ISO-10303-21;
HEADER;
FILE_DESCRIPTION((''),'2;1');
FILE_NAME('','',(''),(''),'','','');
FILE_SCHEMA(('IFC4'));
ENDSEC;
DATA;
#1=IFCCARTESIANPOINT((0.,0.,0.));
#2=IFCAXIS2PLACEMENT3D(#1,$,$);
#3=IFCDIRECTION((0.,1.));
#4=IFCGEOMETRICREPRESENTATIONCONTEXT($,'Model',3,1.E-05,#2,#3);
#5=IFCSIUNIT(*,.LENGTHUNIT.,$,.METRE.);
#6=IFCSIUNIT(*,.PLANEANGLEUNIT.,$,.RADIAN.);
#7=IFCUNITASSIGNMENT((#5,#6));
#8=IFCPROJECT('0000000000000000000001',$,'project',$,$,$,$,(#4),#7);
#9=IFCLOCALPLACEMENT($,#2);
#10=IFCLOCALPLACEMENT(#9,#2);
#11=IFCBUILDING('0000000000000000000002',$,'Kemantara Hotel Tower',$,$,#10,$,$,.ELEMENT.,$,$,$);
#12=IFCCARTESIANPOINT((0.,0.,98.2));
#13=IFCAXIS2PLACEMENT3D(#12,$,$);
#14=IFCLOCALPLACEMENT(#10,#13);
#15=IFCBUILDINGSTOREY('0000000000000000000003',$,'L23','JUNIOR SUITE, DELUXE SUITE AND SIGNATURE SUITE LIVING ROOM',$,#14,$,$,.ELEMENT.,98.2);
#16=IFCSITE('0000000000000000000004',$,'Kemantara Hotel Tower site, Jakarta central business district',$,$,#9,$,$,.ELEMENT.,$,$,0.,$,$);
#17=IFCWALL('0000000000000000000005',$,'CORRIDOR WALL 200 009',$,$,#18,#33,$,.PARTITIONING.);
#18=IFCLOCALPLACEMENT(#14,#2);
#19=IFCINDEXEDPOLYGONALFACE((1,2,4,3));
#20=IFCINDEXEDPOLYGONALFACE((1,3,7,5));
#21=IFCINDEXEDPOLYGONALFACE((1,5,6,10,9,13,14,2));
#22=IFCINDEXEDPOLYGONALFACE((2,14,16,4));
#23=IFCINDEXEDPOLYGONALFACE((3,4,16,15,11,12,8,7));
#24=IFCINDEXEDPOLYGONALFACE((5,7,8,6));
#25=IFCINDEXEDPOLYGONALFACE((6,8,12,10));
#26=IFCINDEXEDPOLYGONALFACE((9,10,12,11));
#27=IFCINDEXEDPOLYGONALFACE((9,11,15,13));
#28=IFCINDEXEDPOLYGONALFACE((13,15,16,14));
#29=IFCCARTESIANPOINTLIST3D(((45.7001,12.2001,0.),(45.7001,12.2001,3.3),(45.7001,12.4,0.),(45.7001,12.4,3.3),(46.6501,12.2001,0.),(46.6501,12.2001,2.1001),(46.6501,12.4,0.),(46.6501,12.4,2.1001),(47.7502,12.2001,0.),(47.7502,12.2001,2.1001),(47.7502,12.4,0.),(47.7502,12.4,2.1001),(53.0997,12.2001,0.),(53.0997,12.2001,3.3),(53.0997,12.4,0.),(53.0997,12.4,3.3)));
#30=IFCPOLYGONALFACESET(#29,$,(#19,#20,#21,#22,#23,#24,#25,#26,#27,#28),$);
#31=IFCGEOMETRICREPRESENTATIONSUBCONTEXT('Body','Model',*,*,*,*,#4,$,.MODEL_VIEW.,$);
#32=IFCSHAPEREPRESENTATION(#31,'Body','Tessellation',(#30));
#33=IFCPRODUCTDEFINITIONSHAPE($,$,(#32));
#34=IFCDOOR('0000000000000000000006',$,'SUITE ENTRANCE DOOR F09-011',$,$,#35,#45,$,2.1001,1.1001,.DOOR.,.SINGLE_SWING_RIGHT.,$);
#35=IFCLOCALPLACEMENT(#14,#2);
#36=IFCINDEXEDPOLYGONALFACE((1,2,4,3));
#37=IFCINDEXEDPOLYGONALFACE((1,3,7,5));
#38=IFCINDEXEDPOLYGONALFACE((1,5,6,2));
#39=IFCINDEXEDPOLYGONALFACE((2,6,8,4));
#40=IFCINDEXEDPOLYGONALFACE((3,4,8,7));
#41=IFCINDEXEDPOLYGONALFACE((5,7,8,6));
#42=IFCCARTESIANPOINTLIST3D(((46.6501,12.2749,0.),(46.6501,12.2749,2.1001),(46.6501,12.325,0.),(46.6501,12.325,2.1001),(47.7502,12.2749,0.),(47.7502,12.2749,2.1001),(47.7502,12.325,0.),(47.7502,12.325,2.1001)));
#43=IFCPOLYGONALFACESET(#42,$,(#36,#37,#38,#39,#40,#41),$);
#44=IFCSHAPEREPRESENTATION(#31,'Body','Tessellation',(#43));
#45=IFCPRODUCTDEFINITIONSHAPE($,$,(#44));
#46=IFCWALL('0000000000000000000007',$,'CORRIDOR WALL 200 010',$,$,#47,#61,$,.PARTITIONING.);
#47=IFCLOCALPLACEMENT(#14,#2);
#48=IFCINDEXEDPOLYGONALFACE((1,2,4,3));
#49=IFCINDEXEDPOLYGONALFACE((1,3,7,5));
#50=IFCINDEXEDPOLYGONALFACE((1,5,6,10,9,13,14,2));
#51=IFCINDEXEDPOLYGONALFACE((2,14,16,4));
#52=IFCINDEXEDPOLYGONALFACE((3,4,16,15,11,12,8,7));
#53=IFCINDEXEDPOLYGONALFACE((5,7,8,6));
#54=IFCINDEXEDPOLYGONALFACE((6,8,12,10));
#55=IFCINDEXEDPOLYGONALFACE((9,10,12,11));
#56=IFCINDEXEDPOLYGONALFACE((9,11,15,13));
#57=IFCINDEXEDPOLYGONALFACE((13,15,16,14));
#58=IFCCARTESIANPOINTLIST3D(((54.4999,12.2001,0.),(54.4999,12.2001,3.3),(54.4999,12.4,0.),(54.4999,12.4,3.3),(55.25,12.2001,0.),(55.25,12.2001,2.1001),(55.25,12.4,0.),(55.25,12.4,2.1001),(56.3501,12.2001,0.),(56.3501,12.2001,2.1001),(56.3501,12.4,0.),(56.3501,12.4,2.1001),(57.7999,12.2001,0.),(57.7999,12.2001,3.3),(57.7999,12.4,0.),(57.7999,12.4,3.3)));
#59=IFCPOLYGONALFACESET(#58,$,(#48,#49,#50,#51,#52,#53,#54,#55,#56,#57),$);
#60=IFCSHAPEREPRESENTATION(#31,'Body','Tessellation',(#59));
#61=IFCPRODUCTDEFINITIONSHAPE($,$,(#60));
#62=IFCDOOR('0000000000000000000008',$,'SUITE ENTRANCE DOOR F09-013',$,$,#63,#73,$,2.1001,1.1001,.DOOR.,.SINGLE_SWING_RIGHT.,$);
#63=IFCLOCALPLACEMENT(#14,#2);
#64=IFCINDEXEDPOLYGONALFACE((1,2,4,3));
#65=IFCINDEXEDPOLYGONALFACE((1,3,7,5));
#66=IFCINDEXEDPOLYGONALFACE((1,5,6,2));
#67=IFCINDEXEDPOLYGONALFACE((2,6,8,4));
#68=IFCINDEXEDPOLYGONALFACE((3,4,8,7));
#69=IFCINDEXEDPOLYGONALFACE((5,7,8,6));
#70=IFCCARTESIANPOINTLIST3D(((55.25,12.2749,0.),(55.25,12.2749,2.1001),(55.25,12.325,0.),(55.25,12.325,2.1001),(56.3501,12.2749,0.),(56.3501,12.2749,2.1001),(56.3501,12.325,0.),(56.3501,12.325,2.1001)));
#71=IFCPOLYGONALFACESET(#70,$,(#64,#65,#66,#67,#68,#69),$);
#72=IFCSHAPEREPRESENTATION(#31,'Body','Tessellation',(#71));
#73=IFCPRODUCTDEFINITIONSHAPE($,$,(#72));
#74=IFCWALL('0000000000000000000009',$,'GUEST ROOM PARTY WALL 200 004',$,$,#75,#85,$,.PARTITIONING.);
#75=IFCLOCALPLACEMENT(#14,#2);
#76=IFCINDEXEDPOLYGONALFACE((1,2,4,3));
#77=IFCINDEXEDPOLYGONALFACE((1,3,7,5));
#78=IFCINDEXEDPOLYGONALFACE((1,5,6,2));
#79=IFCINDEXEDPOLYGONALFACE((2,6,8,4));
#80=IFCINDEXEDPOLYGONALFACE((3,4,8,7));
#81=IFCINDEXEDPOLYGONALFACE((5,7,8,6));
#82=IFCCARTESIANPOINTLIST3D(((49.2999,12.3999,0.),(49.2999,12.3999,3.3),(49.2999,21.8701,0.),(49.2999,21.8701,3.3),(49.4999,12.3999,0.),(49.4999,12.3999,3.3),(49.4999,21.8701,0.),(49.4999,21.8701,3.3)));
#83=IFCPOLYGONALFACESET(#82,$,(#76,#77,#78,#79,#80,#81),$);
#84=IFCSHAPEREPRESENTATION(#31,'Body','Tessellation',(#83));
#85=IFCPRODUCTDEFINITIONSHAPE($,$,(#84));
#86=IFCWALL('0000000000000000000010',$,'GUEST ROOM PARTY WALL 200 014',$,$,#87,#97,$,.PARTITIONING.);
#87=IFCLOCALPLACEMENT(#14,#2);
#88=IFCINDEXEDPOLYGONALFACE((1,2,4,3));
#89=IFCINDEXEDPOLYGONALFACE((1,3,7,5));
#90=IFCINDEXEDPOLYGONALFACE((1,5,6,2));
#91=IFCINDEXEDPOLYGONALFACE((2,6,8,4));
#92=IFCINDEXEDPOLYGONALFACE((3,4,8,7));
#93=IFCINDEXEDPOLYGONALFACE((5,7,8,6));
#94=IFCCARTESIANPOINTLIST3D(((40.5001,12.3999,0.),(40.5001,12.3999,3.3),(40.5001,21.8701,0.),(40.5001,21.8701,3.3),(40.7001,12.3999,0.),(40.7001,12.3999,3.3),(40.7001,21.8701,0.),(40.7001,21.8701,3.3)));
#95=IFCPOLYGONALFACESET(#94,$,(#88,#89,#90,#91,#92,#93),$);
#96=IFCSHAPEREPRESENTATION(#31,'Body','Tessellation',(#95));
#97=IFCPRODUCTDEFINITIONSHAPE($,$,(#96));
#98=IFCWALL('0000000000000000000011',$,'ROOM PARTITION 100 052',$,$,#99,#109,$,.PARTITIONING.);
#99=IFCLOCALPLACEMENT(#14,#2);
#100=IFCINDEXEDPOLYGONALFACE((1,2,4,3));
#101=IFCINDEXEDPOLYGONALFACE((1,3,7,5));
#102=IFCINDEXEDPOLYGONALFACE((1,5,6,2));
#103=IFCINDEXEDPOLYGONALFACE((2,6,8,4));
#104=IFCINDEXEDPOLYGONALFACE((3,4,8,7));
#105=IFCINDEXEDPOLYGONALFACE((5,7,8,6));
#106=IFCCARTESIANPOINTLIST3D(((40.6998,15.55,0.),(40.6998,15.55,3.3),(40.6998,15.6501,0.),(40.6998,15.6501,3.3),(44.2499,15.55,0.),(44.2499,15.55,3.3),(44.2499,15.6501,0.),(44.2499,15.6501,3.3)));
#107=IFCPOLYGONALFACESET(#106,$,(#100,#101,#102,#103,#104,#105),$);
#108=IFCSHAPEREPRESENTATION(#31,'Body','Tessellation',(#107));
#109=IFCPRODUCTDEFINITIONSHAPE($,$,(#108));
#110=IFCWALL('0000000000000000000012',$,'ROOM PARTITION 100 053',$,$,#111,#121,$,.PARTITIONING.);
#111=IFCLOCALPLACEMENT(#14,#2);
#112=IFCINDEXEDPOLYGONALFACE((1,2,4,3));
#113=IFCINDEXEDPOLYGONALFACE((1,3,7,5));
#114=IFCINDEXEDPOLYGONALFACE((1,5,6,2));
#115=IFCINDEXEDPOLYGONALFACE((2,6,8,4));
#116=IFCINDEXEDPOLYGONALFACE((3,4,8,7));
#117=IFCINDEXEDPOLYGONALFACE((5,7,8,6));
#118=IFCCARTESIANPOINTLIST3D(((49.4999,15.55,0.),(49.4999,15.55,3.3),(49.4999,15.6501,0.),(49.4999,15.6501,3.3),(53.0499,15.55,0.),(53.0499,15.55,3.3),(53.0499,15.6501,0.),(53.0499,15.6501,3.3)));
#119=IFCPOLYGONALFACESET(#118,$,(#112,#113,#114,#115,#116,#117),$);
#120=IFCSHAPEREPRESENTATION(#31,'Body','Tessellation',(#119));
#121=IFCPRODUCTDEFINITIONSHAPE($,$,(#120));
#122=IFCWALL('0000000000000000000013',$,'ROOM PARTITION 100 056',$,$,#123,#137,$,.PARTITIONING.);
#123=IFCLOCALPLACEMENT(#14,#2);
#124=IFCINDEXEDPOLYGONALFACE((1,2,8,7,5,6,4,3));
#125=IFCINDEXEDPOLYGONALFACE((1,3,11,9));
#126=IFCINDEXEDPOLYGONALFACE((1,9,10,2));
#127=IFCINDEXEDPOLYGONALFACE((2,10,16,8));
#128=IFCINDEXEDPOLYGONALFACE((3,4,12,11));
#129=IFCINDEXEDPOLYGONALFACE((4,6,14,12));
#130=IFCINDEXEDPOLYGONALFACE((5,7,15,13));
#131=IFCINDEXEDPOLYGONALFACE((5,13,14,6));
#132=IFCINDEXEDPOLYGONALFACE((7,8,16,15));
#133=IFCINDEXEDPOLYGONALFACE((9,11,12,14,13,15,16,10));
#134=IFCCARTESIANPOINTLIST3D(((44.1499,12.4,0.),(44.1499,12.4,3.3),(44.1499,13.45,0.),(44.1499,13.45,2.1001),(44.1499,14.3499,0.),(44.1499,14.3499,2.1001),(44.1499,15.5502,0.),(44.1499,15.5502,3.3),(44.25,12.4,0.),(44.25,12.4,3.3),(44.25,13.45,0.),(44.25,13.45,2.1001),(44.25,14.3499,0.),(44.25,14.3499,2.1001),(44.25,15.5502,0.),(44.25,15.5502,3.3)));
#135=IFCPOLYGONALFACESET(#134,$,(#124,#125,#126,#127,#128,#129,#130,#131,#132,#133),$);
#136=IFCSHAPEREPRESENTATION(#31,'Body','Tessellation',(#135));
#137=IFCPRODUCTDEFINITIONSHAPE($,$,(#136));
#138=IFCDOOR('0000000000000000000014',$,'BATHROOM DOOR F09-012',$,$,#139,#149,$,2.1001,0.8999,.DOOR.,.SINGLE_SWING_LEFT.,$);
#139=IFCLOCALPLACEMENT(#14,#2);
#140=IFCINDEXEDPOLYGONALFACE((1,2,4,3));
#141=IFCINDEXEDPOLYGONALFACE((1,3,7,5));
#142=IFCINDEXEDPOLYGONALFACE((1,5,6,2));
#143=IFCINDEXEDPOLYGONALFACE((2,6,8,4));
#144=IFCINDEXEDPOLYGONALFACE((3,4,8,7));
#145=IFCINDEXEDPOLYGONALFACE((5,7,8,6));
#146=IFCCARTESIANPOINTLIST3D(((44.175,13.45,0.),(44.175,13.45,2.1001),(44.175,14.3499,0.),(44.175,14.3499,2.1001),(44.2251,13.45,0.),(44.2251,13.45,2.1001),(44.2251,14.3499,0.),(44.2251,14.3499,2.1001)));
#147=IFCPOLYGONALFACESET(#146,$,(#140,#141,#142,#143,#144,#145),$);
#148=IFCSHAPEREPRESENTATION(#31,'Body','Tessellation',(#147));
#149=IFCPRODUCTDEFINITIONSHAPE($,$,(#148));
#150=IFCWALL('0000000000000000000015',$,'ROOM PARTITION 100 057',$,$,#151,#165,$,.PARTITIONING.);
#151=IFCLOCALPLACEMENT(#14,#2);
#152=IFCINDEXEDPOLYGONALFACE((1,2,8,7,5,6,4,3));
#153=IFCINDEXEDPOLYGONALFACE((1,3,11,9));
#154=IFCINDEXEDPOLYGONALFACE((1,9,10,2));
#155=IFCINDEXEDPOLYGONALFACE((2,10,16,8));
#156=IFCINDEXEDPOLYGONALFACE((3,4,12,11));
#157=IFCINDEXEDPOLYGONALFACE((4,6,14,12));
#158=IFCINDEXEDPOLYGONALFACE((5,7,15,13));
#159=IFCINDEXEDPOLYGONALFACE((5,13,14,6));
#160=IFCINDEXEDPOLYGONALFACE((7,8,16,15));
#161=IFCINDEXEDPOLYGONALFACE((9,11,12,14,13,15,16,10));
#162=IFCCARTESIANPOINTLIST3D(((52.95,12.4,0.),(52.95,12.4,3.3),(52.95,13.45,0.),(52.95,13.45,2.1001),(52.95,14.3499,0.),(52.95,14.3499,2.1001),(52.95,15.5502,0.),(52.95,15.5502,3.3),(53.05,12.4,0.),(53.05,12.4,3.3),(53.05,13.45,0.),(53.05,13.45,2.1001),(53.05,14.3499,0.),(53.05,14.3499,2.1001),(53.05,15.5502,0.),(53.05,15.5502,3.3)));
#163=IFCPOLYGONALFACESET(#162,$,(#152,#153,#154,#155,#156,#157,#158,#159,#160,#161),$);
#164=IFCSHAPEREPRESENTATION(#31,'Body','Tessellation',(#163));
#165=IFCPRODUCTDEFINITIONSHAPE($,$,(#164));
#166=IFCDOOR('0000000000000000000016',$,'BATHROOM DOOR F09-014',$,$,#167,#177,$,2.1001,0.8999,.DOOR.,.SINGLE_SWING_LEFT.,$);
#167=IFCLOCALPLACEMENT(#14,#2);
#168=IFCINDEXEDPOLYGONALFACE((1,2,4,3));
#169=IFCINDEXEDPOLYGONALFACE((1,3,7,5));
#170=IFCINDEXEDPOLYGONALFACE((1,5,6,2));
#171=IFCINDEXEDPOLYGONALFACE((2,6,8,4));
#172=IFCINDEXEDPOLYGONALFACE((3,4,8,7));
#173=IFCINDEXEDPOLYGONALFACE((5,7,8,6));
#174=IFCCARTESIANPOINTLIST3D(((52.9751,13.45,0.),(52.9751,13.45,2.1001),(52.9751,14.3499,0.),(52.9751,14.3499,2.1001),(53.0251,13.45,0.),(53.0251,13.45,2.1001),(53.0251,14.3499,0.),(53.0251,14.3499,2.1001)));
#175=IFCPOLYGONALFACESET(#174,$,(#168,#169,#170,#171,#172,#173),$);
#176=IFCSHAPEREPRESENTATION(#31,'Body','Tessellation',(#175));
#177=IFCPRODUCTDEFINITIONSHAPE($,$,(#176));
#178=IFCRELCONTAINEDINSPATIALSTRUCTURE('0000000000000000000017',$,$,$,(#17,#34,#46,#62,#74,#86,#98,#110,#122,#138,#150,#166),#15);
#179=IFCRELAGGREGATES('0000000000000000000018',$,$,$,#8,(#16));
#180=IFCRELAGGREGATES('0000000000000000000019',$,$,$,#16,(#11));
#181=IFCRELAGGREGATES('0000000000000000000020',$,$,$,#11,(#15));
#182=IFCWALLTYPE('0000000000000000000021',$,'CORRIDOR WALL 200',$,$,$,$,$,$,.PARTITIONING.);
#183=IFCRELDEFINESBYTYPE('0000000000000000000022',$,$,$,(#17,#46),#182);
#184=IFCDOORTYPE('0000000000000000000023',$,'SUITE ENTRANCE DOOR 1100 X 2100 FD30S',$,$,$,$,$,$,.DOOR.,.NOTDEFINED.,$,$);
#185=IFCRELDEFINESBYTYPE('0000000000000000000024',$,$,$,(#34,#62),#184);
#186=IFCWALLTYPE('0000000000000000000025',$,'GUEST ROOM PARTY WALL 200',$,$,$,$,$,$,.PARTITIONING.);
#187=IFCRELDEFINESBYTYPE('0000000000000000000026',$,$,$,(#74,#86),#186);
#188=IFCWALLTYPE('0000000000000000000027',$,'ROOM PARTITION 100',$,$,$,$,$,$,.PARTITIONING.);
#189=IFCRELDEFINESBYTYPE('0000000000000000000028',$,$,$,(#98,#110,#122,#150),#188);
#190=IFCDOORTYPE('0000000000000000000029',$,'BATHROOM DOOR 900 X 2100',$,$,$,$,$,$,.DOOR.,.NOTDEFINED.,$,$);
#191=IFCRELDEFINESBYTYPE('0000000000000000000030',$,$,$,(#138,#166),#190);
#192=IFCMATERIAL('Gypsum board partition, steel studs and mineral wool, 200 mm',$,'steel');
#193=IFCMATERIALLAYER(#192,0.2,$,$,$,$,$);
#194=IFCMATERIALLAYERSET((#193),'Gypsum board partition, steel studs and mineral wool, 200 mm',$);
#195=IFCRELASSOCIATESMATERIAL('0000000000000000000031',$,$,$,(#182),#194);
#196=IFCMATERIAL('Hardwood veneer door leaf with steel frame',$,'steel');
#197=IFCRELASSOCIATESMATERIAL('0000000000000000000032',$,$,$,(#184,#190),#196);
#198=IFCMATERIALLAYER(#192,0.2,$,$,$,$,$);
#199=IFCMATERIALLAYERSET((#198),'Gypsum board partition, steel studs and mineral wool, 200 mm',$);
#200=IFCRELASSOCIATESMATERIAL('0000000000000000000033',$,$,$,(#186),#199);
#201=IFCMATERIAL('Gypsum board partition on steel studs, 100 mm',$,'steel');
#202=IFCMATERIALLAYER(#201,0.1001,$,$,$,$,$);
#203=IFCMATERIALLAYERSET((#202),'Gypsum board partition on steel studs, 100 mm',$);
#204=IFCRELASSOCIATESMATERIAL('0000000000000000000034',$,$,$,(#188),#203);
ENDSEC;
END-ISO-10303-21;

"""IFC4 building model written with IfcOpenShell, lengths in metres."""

from ifc_helpers import new_model, si_unit, direction, frame, frame_2d, origin, place, context, subcontext, project, spatial, rectangle, extrude, material, layer, layer_set, type_object, element, fill, save


model = new_model("IFC4")

# Units and contexts
model_context = context("Model", 3, precision=1e-05, world=origin(), true_north=direction((0.0, 1.0)))
body_context = subcontext(model_context, "Body", "Model", "MODEL_VIEW")
ifc_project = project(units=[si_unit("LENGTHUNIT", "METRE"), si_unit("PLANEANGLEUNIT", "RADIAN")], contexts=[model_context])

# Site, building, storey
site_placement = place(None, origin())
site = spatial("IfcSite", under=ifc_project, at=site_placement, Name="Kemantara Hotel Tower site, Jakarta central business district", CompositionType="ELEMENT", RefElevation=0.0)
building_placement = place(site_placement, origin())
building = spatial("IfcBuilding", under=site, at=building_placement, Name="Kemantara Hotel Tower", CompositionType="ELEMENT")
storey_placement = place(building_placement, frame((0.0, 0.0, 98.2)))
storey = spatial("IfcBuildingStorey", under=building, at=storey_placement, Name="L23", Description="JUNIOR SUITE, DELUXE SUITE AND SIGNATURE SUITE LIVING ROOM", CompositionType="ELEMENT", Elevation=98.2)

# Walls, openings, doors
ifc_material_1 = material(Name="Gypsum board partition, steel studs and mineral wool, 200 mm", Category="steel")
ifc_layer_1 = layer(ifc_material_1, 0.2)
ifc_layer_set_1 = layer_set([ifc_layer_1], Name="Gypsum board partition, steel studs and mineral wool, 200 mm")
wall_type_1 = type_object("IfcWallType", Name="CORRIDOR WALL 200", PredefinedType="PARTITIONING", material=ifc_layer_set_1)
wall_1_placement = place(storey_placement, frame((45.7002, 12.3, 0.0), z_axis=(0.0, 0.0, 1.0), x_axis=(1.0, 0.0, 0.0)))
wall_1 = element("IfcWall", 1, at=wall_1_placement, inside=storey, type_object=wall_type_1, Name="CORRIDOR WALL 200 009", PredefinedType="PARTITIONING", context=body_context, shape_type="SweptSolid", body=[
    extrude(rectangle(XDim=7.3997, YDim=0.2, at=frame_2d((3.6997, 0.0))), origin(), (0.0, 0.0, 1.0), 3.3),
])
opening_1_placement = place(wall_1_placement, frame((0.95, 0.0, 0.0)))
opening_1 = element("IfcOpeningElement", 2, at=opening_1_placement, cuts=wall_1, PredefinedType="OPENING", context=body_context, shape_type="SweptSolid", body=[
    extrude(rectangle(XDim=1.1001, YDim=2.1001, at=frame_2d((0.55, 1.05))), frame((0.0, 0.1099, 0.0), z_axis=(0.0, -1.0, 0.0), x_axis=(1.0, 0.0, 0.0)), (0.0, 0.0, 1.0), 0.22),
])
ifc_material_2 = material(Name="Hardwood veneer door leaf with steel frame", Category="steel")
door_type_1 = type_object("IfcDoorType", Name="SUITE ENTRANCE DOOR 1100 X 2100 FD30S", OperationType="NOTDEFINED", PredefinedType="DOOR", material=ifc_material_2)
door_1_placement = place(opening_1_placement, origin())
door_1 = element("IfcDoor", 3, at=door_1_placement, inside=storey, type_object=door_type_1, Name="SUITE ENTRANCE DOOR F09-011", OperationType="SINGLE_SWING_RIGHT", OverallHeight=2.1001, OverallWidth=1.1001, PredefinedType="DOOR", context=body_context, shape_type="SweptSolid", body=[
    extrude(rectangle(XDim=1.1001, YDim=2.1001, at=frame_2d((0.55, 1.05))), frame((0.0, 0.0249, 0.0), z_axis=(0.0, -1.0, 0.0), x_axis=(1.0, 0.0, 0.0)), (0.0, 0.0, 1.0), 0.05),
])
fill(opening_1, door_1)
wall_2_placement = place(storey_placement, frame((54.5, 12.3, 0.0), z_axis=(0.0, 0.0, 1.0), x_axis=(1.0, 0.0, 0.0)))
wall_2 = element("IfcWall", 4, at=wall_2_placement, inside=storey, type_object=wall_type_1, Name="CORRIDOR WALL 200 010", PredefinedType="PARTITIONING", context=body_context, shape_type="SweptSolid", body=[
    extrude(rectangle(XDim=3.3, YDim=0.2, at=frame_2d((1.6499, 0.0))), origin(), (0.0, 0.0, 1.0), 3.3),
])
opening_2_placement = place(wall_2_placement, frame((0.75, 0.0, 0.0)))
opening_2 = element("IfcOpeningElement", 5, at=opening_2_placement, cuts=wall_2, PredefinedType="OPENING", context=body_context, shape_type="SweptSolid", body=[
    extrude(rectangle(XDim=1.1001, YDim=2.1001, at=frame_2d((0.55, 1.05))), frame((0.0, 0.1099, 0.0), z_axis=(0.0, -1.0, 0.0), x_axis=(1.0, 0.0, 0.0)), (0.0, 0.0, 1.0), 0.22),
])
door_2_placement = place(opening_2_placement, origin())
door_2 = element("IfcDoor", 6, at=door_2_placement, inside=storey, type_object=door_type_1, Name="SUITE ENTRANCE DOOR F09-013", OperationType="SINGLE_SWING_RIGHT", OverallHeight=2.1001, OverallWidth=1.1001, PredefinedType="DOOR", context=body_context, shape_type="SweptSolid", body=[
    extrude(rectangle(XDim=1.1001, YDim=2.1001, at=frame_2d((0.55, 1.05))), frame((0.0, 0.0249, 0.0), z_axis=(0.0, -1.0, 0.0), x_axis=(1.0, 0.0, 0.0)), (0.0, 0.0, 1.0), 0.05),
])
fill(opening_2, door_2)

# Walls
ifc_layer_2 = layer(ifc_material_1, 0.2)
ifc_layer_set_2 = layer_set([ifc_layer_2], Name="Gypsum board partition, steel studs and mineral wool, 200 mm")
wall_type_2 = type_object("IfcWallType", Name="GUEST ROOM PARTY WALL 200", PredefinedType="PARTITIONING", material=ifc_layer_set_2)
for number, where, z_axis, x_axis, name in (
    (7, (49.3999, 12.3999, 0.0), (0.0, 0.0, 1.0), (0.0, 1.0, 0.0), "GUEST ROOM PARTY WALL 200 004"),
    (8, (40.6001, 12.3999, 0.0), (0.0, 0.0, 1.0), (0.0, 1.0, 0.0), "GUEST ROOM PARTY WALL 200 014"),
):
    element("IfcWall", number, at=place(storey_placement, frame(where, z_axis=z_axis, x_axis=x_axis)), inside=storey, type_object=wall_type_2, Name=name, PredefinedType="PARTITIONING", context=body_context, shape_type="SweptSolid", body=[
        extrude(rectangle(XDim=9.4702, YDim=0.2, at=frame_2d((4.7351, 0.0))), origin(), (0.0, 0.0, 1.0), 3.3),
    ])
ifc_material_3 = material(Name="Gypsum board partition on steel studs, 100 mm", Category="steel")
ifc_layer_3 = layer(ifc_material_3, 0.1001)
ifc_layer_set_3 = layer_set([ifc_layer_3], Name="Gypsum board partition on steel studs, 100 mm")
wall_type_3 = type_object("IfcWallType", Name="ROOM PARTITION 100", PredefinedType="PARTITIONING", material=ifc_layer_set_3)
for number, where, z_axis, x_axis, name in (
    (9, (40.7, 15.6001, 0.0), (0.0, 0.0, 1.0), (1.0, 0.0, 0.0), "ROOM PARTITION 100 052"),
    (10, (49.5, 15.6001, 0.0), (0.0, 0.0, 1.0), (1.0, 0.0, 0.0), "ROOM PARTITION 100 053"),
):
    element("IfcWall", number, at=place(storey_placement, frame(where, z_axis=z_axis, x_axis=x_axis)), inside=storey, type_object=wall_type_3, Name=name, PredefinedType="PARTITIONING", context=body_context, shape_type="SweptSolid", body=[
        extrude(rectangle(XDim=3.55, YDim=0.1001, at=frame_2d((1.7749, 0.0))), origin(), (0.0, 0.0, 1.0), 3.3),
    ])

# Walls, openings, doors
wall_3_placement = place(storey_placement, frame((44.2, 12.3999, 0.0), z_axis=(0.0, 0.0, 1.0), x_axis=(0.0, 1.0, 0.0)))
wall_3 = element("IfcWall", 11, at=wall_3_placement, inside=storey, type_object=wall_type_3, Name="ROOM PARTITION 100 056", PredefinedType="PARTITIONING", context=body_context, shape_type="SweptSolid", body=[
    extrude(rectangle(XDim=3.1501, YDim=0.1001, at=frame_2d((1.5752, 0.0))), origin(), (0.0, 0.0, 1.0), 3.3),
])
opening_3_placement = place(wall_3_placement, frame((1.05, 0.0, 0.0)))
opening_3 = element("IfcOpeningElement", 12, at=opening_3_placement, cuts=wall_3, PredefinedType="OPENING", context=body_context, shape_type="SweptSolid", body=[
    extrude(rectangle(XDim=0.8999, YDim=2.1001, at=frame_2d((0.45, 1.05))), frame((0.0, 0.0601, 0.0), z_axis=(0.0, -1.0, 0.0), x_axis=(1.0, 0.0, 0.0)), (0.0, 0.0, 1.0), 0.1201),
])
door_type_2 = type_object("IfcDoorType", Name="BATHROOM DOOR 900 X 2100", OperationType="NOTDEFINED", PredefinedType="DOOR", material=ifc_material_2)
door_3_placement = place(opening_3_placement, origin())
door_3 = element("IfcDoor", 13, at=door_3_placement, inside=storey, type_object=door_type_2, Name="BATHROOM DOOR F09-012", OperationType="SINGLE_SWING_LEFT", OverallHeight=2.1001, OverallWidth=0.8999, PredefinedType="DOOR", context=body_context, shape_type="SweptSolid", body=[
    extrude(rectangle(XDim=0.8999, YDim=2.1001, at=frame_2d((0.45, 1.05))), frame((0.0, 0.0249, 0.0), z_axis=(0.0, -1.0, 0.0), x_axis=(1.0, 0.0, 0.0)), (0.0, 0.0, 1.0), 0.05),
])
fill(opening_3, door_3)
wall_4_placement = place(storey_placement, frame((53.0, 12.3999, 0.0), z_axis=(0.0, 0.0, 1.0), x_axis=(0.0, 1.0, 0.0)))
wall_4 = element("IfcWall", 14, at=wall_4_placement, inside=storey, type_object=wall_type_3, Name="ROOM PARTITION 100 057", PredefinedType="PARTITIONING", context=body_context, shape_type="SweptSolid", body=[
    extrude(rectangle(XDim=3.1501, YDim=0.1001, at=frame_2d((1.5752, 0.0))), origin(), (0.0, 0.0, 1.0), 3.3),
])
opening_4_placement = place(wall_4_placement, frame((1.05, 0.0, 0.0)))
opening_4 = element("IfcOpeningElement", 15, at=opening_4_placement, cuts=wall_4, PredefinedType="OPENING", context=body_context, shape_type="SweptSolid", body=[
    extrude(rectangle(XDim=0.8999, YDim=2.1001, at=frame_2d((0.45, 1.05))), frame((0.0, 0.0601, 0.0), z_axis=(0.0, -1.0, 0.0), x_axis=(1.0, 0.0, 0.0)), (0.0, 0.0, 1.0), 0.1201),
])
door_4_placement = place(opening_4_placement, origin())
door_4 = element("IfcDoor", 16, at=door_4_placement, inside=storey, type_object=door_type_2, Name="BATHROOM DOOR F09-014", OperationType="SINGLE_SWING_LEFT", OverallHeight=2.1001, OverallWidth=0.8999, PredefinedType="DOOR", context=body_context, shape_type="SweptSolid", body=[
    extrude(rectangle(XDim=0.8999, YDim=2.1001, at=frame_2d((0.45, 1.05))), frame((0.0, 0.0249, 0.0), z_axis=(0.0, -1.0, 0.0), x_axis=(1.0, 0.0, 0.0)), (0.0, 0.0, 1.0), 0.05),
])
fill(opening_4, door_4)

save(model, "model.ifc")
